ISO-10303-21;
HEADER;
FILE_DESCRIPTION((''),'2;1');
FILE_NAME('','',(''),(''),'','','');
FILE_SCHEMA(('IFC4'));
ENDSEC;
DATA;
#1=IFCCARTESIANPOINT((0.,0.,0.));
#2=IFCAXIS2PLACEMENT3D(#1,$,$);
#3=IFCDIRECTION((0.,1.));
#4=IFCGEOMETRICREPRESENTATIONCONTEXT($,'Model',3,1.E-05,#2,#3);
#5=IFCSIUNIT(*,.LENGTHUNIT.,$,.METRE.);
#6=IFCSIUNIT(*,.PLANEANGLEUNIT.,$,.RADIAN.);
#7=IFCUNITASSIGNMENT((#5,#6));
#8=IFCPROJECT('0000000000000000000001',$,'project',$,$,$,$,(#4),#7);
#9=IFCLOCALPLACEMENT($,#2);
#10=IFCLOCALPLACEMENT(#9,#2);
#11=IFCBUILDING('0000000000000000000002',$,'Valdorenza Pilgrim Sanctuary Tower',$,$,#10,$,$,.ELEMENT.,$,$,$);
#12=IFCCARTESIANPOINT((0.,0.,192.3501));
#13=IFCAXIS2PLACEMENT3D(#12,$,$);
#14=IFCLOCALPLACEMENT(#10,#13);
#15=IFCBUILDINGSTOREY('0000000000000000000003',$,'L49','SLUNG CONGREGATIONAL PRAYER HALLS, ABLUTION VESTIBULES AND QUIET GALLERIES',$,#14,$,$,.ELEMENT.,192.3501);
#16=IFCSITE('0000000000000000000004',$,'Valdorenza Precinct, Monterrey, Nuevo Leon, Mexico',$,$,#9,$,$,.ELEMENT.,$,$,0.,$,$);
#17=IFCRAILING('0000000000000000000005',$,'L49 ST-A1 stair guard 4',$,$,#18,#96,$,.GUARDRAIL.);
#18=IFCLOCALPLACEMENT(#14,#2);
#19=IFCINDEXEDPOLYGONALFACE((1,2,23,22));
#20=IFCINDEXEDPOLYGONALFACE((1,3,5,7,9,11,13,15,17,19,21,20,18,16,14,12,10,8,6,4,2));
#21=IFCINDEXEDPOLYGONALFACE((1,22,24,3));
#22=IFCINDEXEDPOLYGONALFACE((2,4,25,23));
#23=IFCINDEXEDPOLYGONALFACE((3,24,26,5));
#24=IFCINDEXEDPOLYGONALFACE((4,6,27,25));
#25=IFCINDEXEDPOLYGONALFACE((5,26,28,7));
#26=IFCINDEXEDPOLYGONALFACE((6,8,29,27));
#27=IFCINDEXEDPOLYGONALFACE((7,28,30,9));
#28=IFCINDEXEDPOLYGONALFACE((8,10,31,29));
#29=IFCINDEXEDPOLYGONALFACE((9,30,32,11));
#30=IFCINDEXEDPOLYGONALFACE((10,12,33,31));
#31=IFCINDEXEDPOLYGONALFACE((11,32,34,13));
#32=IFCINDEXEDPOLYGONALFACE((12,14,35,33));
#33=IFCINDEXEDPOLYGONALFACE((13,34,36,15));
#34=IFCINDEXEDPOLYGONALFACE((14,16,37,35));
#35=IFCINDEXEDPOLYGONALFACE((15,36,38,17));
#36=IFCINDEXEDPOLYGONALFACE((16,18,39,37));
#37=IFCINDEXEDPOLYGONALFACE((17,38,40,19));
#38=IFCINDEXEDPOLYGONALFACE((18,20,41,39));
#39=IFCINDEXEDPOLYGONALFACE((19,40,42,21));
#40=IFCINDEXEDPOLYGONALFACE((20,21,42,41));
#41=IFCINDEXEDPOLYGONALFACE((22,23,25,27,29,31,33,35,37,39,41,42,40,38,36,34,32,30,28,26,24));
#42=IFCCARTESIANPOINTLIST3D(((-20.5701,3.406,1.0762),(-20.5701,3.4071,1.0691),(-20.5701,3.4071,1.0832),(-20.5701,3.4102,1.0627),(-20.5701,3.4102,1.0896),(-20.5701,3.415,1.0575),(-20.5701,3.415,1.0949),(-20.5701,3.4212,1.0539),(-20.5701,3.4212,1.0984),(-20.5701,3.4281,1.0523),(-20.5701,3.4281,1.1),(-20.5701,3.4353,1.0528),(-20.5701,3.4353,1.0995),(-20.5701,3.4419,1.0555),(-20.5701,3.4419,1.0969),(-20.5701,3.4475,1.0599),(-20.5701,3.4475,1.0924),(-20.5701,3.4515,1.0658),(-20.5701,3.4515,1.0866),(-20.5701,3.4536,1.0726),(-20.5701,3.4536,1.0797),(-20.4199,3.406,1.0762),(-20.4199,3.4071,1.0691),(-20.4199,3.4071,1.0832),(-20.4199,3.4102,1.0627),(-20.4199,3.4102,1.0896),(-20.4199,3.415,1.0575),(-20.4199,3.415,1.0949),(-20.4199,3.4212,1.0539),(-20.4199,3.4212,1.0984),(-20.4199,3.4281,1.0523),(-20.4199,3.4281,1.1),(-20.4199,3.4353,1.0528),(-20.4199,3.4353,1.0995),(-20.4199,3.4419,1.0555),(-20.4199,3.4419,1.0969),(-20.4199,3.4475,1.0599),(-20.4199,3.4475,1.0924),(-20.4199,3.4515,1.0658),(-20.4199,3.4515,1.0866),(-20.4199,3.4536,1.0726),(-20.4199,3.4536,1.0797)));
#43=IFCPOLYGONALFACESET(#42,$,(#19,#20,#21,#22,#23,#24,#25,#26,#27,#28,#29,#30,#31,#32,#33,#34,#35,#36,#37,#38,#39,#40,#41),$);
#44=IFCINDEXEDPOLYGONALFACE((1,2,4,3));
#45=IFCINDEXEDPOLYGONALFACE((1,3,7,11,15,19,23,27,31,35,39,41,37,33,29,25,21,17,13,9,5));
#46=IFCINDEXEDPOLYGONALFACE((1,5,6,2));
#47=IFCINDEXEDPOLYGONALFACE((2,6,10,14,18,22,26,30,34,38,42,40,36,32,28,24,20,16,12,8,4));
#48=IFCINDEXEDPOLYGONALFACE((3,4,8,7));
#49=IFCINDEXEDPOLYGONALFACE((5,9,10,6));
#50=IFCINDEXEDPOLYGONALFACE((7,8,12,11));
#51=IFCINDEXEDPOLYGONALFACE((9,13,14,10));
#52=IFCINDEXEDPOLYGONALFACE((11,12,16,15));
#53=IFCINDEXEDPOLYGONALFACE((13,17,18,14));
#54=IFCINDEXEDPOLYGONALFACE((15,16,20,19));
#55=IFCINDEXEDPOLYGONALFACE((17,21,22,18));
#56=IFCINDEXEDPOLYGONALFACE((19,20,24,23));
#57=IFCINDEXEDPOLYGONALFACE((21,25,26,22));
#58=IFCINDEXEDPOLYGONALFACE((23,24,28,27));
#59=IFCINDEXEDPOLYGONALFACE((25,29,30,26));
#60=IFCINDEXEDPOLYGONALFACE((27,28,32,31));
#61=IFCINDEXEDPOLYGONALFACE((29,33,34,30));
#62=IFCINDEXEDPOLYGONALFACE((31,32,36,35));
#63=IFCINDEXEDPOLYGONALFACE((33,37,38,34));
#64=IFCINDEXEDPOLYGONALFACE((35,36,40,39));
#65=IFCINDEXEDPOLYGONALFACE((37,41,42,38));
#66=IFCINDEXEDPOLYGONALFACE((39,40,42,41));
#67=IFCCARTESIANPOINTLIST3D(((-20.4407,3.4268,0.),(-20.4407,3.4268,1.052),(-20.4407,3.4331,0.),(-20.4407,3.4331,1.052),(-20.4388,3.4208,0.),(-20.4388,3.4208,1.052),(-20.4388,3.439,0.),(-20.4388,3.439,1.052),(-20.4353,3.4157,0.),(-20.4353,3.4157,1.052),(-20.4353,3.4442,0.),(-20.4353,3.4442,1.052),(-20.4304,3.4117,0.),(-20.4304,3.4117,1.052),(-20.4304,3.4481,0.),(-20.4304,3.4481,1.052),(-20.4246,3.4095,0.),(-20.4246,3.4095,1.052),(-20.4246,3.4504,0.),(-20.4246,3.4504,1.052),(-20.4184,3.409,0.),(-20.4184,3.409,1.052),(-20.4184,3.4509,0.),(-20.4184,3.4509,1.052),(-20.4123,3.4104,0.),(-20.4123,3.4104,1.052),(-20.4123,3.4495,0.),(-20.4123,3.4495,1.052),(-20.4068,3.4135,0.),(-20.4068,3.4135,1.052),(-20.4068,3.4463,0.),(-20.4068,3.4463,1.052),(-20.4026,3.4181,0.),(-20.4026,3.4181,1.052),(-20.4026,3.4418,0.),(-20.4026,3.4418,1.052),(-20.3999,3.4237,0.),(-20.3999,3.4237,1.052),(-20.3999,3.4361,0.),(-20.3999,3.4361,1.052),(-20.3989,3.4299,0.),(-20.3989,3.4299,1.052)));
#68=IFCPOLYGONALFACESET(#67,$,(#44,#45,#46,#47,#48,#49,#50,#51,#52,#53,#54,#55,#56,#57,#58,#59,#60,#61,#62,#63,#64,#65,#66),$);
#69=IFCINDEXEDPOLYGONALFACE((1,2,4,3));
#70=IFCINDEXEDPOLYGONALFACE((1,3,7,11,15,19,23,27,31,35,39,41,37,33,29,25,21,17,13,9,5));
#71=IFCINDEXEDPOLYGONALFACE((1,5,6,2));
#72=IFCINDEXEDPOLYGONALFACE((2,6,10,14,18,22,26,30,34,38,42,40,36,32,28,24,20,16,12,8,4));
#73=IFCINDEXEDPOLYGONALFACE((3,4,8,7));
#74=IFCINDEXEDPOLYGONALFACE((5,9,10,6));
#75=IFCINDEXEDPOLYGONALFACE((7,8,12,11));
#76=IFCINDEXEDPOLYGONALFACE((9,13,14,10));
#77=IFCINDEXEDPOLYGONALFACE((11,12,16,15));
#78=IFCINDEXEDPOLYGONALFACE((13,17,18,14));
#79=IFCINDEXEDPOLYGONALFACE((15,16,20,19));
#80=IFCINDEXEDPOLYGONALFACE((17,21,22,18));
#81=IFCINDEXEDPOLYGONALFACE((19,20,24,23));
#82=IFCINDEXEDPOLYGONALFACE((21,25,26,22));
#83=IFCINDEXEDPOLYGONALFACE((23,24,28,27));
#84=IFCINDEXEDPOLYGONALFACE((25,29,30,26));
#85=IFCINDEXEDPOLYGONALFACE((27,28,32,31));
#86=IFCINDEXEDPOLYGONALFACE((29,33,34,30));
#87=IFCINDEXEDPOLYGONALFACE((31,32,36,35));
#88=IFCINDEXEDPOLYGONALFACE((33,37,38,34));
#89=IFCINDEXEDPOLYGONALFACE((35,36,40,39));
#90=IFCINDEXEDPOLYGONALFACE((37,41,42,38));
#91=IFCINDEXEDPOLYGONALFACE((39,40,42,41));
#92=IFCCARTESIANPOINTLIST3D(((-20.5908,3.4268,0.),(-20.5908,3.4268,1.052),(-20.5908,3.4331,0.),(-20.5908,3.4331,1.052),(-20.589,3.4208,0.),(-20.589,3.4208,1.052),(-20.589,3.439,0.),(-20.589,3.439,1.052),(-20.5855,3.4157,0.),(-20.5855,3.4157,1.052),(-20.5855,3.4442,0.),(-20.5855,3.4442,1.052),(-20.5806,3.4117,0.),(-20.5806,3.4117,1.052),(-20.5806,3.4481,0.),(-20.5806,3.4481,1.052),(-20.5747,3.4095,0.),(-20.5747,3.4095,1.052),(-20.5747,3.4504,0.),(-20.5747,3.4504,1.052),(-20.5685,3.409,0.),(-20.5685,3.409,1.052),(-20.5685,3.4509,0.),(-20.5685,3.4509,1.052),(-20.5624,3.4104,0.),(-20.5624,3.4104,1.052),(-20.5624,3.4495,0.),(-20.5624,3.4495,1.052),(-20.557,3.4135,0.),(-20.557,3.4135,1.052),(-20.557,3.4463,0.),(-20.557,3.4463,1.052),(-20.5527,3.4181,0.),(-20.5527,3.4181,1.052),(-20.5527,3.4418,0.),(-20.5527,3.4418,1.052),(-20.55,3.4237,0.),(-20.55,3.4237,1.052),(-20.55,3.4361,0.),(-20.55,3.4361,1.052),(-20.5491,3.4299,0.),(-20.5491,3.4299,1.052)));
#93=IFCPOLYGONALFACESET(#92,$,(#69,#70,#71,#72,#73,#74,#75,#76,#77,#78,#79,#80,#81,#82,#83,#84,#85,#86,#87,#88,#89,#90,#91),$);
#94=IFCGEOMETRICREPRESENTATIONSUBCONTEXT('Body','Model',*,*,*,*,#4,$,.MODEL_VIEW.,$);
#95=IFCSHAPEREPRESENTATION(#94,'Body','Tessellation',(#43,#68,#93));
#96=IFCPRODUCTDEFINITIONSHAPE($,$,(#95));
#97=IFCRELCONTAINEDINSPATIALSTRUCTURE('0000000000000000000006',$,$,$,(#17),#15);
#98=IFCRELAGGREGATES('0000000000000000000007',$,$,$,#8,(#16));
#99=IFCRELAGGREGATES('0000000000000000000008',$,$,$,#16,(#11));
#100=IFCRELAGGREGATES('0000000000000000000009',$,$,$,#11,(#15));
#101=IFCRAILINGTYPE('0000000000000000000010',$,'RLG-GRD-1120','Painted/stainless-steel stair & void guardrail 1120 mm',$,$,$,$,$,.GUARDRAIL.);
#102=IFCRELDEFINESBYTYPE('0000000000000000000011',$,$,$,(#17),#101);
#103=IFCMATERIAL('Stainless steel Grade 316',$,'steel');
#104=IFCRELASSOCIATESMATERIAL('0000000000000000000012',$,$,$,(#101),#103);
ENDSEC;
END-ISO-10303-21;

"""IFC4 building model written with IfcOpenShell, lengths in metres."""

from ifc_helpers import new_model, si_unit, direction, frame, origin, origin_2d, place, context, subcontext, project, spatial, circle, extrude, material, type_object, element, save


model = new_model("IFC4")

# Units and contexts
model_context = context("Model", 3, precision=1e-05, world=origin(), true_north=direction((0.0, 1.0)))
body_context = subcontext(model_context, "Body", "Model", "MODEL_VIEW")
ifc_project = project(units=[si_unit("LENGTHUNIT", "METRE"), si_unit("PLANEANGLEUNIT", "RADIAN")], contexts=[model_context])

# Site, building, storey
site_placement = place(None, origin())
site = spatial("IfcSite", under=ifc_project, at=site_placement, Name="Valdorenza Precinct, Monterrey, Nuevo Leon, Mexico", CompositionType="ELEMENT", RefElevation=0.0)
building_placement = place(site_placement, origin())
building = spatial("IfcBuilding", under=site, at=building_placement, Name="Valdorenza Pilgrim Sanctuary Tower", CompositionType="ELEMENT")
storey_placement = place(building_placement, frame((0.0, 0.0, 192.3501)))
storey = spatial("IfcBuildingStorey", under=building, at=storey_placement, Name="L49", Description="SLUNG CONGREGATIONAL PRAYER HALLS, ABLUTION VESTIBULES AND QUIET GALLERIES", CompositionType="ELEMENT", Elevation=192.3501)

# Railing
ifc_material_1 = material(Name="Stainless steel Grade 316", Category="steel")
railing_type_1 = type_object("IfcRailingType", Name="RLG-GRD-1120", Description="Painted/stainless-steel stair & void guardrail 1120 mm", PredefinedType="GUARDRAIL", material=ifc_material_1)
railing_1_placement = place(storey_placement, frame((-20.4199, 3.4299, 0.0)))
element("IfcRailing", 1, at=railing_1_placement, inside=storey, type_object=railing_type_1, Name="L49 ST-A1 stair guard 4", PredefinedType="GUARDRAIL", context=body_context, shape_type="SweptSolid", body=[
    extrude(circle(Radius=0.0239, at=origin_2d()), frame((0.0, 0.0, 1.0762), z_axis=(-1.0, 0.0, 0.0), x_axis=(0.0, -1.0, 0.0)), (0.0, 0.0, 1.0), 0.1501),
    extrude(circle(Radius=0.021, at=origin_2d()), origin(), (0.0, 0.0, 1.0), 1.052),
    extrude(circle(Radius=0.021, at=origin_2d()), frame((-0.1501, 0.0, 0.0)), (0.0, 0.0, 1.0), 1.052),
])

save(model, "model.ifc")
